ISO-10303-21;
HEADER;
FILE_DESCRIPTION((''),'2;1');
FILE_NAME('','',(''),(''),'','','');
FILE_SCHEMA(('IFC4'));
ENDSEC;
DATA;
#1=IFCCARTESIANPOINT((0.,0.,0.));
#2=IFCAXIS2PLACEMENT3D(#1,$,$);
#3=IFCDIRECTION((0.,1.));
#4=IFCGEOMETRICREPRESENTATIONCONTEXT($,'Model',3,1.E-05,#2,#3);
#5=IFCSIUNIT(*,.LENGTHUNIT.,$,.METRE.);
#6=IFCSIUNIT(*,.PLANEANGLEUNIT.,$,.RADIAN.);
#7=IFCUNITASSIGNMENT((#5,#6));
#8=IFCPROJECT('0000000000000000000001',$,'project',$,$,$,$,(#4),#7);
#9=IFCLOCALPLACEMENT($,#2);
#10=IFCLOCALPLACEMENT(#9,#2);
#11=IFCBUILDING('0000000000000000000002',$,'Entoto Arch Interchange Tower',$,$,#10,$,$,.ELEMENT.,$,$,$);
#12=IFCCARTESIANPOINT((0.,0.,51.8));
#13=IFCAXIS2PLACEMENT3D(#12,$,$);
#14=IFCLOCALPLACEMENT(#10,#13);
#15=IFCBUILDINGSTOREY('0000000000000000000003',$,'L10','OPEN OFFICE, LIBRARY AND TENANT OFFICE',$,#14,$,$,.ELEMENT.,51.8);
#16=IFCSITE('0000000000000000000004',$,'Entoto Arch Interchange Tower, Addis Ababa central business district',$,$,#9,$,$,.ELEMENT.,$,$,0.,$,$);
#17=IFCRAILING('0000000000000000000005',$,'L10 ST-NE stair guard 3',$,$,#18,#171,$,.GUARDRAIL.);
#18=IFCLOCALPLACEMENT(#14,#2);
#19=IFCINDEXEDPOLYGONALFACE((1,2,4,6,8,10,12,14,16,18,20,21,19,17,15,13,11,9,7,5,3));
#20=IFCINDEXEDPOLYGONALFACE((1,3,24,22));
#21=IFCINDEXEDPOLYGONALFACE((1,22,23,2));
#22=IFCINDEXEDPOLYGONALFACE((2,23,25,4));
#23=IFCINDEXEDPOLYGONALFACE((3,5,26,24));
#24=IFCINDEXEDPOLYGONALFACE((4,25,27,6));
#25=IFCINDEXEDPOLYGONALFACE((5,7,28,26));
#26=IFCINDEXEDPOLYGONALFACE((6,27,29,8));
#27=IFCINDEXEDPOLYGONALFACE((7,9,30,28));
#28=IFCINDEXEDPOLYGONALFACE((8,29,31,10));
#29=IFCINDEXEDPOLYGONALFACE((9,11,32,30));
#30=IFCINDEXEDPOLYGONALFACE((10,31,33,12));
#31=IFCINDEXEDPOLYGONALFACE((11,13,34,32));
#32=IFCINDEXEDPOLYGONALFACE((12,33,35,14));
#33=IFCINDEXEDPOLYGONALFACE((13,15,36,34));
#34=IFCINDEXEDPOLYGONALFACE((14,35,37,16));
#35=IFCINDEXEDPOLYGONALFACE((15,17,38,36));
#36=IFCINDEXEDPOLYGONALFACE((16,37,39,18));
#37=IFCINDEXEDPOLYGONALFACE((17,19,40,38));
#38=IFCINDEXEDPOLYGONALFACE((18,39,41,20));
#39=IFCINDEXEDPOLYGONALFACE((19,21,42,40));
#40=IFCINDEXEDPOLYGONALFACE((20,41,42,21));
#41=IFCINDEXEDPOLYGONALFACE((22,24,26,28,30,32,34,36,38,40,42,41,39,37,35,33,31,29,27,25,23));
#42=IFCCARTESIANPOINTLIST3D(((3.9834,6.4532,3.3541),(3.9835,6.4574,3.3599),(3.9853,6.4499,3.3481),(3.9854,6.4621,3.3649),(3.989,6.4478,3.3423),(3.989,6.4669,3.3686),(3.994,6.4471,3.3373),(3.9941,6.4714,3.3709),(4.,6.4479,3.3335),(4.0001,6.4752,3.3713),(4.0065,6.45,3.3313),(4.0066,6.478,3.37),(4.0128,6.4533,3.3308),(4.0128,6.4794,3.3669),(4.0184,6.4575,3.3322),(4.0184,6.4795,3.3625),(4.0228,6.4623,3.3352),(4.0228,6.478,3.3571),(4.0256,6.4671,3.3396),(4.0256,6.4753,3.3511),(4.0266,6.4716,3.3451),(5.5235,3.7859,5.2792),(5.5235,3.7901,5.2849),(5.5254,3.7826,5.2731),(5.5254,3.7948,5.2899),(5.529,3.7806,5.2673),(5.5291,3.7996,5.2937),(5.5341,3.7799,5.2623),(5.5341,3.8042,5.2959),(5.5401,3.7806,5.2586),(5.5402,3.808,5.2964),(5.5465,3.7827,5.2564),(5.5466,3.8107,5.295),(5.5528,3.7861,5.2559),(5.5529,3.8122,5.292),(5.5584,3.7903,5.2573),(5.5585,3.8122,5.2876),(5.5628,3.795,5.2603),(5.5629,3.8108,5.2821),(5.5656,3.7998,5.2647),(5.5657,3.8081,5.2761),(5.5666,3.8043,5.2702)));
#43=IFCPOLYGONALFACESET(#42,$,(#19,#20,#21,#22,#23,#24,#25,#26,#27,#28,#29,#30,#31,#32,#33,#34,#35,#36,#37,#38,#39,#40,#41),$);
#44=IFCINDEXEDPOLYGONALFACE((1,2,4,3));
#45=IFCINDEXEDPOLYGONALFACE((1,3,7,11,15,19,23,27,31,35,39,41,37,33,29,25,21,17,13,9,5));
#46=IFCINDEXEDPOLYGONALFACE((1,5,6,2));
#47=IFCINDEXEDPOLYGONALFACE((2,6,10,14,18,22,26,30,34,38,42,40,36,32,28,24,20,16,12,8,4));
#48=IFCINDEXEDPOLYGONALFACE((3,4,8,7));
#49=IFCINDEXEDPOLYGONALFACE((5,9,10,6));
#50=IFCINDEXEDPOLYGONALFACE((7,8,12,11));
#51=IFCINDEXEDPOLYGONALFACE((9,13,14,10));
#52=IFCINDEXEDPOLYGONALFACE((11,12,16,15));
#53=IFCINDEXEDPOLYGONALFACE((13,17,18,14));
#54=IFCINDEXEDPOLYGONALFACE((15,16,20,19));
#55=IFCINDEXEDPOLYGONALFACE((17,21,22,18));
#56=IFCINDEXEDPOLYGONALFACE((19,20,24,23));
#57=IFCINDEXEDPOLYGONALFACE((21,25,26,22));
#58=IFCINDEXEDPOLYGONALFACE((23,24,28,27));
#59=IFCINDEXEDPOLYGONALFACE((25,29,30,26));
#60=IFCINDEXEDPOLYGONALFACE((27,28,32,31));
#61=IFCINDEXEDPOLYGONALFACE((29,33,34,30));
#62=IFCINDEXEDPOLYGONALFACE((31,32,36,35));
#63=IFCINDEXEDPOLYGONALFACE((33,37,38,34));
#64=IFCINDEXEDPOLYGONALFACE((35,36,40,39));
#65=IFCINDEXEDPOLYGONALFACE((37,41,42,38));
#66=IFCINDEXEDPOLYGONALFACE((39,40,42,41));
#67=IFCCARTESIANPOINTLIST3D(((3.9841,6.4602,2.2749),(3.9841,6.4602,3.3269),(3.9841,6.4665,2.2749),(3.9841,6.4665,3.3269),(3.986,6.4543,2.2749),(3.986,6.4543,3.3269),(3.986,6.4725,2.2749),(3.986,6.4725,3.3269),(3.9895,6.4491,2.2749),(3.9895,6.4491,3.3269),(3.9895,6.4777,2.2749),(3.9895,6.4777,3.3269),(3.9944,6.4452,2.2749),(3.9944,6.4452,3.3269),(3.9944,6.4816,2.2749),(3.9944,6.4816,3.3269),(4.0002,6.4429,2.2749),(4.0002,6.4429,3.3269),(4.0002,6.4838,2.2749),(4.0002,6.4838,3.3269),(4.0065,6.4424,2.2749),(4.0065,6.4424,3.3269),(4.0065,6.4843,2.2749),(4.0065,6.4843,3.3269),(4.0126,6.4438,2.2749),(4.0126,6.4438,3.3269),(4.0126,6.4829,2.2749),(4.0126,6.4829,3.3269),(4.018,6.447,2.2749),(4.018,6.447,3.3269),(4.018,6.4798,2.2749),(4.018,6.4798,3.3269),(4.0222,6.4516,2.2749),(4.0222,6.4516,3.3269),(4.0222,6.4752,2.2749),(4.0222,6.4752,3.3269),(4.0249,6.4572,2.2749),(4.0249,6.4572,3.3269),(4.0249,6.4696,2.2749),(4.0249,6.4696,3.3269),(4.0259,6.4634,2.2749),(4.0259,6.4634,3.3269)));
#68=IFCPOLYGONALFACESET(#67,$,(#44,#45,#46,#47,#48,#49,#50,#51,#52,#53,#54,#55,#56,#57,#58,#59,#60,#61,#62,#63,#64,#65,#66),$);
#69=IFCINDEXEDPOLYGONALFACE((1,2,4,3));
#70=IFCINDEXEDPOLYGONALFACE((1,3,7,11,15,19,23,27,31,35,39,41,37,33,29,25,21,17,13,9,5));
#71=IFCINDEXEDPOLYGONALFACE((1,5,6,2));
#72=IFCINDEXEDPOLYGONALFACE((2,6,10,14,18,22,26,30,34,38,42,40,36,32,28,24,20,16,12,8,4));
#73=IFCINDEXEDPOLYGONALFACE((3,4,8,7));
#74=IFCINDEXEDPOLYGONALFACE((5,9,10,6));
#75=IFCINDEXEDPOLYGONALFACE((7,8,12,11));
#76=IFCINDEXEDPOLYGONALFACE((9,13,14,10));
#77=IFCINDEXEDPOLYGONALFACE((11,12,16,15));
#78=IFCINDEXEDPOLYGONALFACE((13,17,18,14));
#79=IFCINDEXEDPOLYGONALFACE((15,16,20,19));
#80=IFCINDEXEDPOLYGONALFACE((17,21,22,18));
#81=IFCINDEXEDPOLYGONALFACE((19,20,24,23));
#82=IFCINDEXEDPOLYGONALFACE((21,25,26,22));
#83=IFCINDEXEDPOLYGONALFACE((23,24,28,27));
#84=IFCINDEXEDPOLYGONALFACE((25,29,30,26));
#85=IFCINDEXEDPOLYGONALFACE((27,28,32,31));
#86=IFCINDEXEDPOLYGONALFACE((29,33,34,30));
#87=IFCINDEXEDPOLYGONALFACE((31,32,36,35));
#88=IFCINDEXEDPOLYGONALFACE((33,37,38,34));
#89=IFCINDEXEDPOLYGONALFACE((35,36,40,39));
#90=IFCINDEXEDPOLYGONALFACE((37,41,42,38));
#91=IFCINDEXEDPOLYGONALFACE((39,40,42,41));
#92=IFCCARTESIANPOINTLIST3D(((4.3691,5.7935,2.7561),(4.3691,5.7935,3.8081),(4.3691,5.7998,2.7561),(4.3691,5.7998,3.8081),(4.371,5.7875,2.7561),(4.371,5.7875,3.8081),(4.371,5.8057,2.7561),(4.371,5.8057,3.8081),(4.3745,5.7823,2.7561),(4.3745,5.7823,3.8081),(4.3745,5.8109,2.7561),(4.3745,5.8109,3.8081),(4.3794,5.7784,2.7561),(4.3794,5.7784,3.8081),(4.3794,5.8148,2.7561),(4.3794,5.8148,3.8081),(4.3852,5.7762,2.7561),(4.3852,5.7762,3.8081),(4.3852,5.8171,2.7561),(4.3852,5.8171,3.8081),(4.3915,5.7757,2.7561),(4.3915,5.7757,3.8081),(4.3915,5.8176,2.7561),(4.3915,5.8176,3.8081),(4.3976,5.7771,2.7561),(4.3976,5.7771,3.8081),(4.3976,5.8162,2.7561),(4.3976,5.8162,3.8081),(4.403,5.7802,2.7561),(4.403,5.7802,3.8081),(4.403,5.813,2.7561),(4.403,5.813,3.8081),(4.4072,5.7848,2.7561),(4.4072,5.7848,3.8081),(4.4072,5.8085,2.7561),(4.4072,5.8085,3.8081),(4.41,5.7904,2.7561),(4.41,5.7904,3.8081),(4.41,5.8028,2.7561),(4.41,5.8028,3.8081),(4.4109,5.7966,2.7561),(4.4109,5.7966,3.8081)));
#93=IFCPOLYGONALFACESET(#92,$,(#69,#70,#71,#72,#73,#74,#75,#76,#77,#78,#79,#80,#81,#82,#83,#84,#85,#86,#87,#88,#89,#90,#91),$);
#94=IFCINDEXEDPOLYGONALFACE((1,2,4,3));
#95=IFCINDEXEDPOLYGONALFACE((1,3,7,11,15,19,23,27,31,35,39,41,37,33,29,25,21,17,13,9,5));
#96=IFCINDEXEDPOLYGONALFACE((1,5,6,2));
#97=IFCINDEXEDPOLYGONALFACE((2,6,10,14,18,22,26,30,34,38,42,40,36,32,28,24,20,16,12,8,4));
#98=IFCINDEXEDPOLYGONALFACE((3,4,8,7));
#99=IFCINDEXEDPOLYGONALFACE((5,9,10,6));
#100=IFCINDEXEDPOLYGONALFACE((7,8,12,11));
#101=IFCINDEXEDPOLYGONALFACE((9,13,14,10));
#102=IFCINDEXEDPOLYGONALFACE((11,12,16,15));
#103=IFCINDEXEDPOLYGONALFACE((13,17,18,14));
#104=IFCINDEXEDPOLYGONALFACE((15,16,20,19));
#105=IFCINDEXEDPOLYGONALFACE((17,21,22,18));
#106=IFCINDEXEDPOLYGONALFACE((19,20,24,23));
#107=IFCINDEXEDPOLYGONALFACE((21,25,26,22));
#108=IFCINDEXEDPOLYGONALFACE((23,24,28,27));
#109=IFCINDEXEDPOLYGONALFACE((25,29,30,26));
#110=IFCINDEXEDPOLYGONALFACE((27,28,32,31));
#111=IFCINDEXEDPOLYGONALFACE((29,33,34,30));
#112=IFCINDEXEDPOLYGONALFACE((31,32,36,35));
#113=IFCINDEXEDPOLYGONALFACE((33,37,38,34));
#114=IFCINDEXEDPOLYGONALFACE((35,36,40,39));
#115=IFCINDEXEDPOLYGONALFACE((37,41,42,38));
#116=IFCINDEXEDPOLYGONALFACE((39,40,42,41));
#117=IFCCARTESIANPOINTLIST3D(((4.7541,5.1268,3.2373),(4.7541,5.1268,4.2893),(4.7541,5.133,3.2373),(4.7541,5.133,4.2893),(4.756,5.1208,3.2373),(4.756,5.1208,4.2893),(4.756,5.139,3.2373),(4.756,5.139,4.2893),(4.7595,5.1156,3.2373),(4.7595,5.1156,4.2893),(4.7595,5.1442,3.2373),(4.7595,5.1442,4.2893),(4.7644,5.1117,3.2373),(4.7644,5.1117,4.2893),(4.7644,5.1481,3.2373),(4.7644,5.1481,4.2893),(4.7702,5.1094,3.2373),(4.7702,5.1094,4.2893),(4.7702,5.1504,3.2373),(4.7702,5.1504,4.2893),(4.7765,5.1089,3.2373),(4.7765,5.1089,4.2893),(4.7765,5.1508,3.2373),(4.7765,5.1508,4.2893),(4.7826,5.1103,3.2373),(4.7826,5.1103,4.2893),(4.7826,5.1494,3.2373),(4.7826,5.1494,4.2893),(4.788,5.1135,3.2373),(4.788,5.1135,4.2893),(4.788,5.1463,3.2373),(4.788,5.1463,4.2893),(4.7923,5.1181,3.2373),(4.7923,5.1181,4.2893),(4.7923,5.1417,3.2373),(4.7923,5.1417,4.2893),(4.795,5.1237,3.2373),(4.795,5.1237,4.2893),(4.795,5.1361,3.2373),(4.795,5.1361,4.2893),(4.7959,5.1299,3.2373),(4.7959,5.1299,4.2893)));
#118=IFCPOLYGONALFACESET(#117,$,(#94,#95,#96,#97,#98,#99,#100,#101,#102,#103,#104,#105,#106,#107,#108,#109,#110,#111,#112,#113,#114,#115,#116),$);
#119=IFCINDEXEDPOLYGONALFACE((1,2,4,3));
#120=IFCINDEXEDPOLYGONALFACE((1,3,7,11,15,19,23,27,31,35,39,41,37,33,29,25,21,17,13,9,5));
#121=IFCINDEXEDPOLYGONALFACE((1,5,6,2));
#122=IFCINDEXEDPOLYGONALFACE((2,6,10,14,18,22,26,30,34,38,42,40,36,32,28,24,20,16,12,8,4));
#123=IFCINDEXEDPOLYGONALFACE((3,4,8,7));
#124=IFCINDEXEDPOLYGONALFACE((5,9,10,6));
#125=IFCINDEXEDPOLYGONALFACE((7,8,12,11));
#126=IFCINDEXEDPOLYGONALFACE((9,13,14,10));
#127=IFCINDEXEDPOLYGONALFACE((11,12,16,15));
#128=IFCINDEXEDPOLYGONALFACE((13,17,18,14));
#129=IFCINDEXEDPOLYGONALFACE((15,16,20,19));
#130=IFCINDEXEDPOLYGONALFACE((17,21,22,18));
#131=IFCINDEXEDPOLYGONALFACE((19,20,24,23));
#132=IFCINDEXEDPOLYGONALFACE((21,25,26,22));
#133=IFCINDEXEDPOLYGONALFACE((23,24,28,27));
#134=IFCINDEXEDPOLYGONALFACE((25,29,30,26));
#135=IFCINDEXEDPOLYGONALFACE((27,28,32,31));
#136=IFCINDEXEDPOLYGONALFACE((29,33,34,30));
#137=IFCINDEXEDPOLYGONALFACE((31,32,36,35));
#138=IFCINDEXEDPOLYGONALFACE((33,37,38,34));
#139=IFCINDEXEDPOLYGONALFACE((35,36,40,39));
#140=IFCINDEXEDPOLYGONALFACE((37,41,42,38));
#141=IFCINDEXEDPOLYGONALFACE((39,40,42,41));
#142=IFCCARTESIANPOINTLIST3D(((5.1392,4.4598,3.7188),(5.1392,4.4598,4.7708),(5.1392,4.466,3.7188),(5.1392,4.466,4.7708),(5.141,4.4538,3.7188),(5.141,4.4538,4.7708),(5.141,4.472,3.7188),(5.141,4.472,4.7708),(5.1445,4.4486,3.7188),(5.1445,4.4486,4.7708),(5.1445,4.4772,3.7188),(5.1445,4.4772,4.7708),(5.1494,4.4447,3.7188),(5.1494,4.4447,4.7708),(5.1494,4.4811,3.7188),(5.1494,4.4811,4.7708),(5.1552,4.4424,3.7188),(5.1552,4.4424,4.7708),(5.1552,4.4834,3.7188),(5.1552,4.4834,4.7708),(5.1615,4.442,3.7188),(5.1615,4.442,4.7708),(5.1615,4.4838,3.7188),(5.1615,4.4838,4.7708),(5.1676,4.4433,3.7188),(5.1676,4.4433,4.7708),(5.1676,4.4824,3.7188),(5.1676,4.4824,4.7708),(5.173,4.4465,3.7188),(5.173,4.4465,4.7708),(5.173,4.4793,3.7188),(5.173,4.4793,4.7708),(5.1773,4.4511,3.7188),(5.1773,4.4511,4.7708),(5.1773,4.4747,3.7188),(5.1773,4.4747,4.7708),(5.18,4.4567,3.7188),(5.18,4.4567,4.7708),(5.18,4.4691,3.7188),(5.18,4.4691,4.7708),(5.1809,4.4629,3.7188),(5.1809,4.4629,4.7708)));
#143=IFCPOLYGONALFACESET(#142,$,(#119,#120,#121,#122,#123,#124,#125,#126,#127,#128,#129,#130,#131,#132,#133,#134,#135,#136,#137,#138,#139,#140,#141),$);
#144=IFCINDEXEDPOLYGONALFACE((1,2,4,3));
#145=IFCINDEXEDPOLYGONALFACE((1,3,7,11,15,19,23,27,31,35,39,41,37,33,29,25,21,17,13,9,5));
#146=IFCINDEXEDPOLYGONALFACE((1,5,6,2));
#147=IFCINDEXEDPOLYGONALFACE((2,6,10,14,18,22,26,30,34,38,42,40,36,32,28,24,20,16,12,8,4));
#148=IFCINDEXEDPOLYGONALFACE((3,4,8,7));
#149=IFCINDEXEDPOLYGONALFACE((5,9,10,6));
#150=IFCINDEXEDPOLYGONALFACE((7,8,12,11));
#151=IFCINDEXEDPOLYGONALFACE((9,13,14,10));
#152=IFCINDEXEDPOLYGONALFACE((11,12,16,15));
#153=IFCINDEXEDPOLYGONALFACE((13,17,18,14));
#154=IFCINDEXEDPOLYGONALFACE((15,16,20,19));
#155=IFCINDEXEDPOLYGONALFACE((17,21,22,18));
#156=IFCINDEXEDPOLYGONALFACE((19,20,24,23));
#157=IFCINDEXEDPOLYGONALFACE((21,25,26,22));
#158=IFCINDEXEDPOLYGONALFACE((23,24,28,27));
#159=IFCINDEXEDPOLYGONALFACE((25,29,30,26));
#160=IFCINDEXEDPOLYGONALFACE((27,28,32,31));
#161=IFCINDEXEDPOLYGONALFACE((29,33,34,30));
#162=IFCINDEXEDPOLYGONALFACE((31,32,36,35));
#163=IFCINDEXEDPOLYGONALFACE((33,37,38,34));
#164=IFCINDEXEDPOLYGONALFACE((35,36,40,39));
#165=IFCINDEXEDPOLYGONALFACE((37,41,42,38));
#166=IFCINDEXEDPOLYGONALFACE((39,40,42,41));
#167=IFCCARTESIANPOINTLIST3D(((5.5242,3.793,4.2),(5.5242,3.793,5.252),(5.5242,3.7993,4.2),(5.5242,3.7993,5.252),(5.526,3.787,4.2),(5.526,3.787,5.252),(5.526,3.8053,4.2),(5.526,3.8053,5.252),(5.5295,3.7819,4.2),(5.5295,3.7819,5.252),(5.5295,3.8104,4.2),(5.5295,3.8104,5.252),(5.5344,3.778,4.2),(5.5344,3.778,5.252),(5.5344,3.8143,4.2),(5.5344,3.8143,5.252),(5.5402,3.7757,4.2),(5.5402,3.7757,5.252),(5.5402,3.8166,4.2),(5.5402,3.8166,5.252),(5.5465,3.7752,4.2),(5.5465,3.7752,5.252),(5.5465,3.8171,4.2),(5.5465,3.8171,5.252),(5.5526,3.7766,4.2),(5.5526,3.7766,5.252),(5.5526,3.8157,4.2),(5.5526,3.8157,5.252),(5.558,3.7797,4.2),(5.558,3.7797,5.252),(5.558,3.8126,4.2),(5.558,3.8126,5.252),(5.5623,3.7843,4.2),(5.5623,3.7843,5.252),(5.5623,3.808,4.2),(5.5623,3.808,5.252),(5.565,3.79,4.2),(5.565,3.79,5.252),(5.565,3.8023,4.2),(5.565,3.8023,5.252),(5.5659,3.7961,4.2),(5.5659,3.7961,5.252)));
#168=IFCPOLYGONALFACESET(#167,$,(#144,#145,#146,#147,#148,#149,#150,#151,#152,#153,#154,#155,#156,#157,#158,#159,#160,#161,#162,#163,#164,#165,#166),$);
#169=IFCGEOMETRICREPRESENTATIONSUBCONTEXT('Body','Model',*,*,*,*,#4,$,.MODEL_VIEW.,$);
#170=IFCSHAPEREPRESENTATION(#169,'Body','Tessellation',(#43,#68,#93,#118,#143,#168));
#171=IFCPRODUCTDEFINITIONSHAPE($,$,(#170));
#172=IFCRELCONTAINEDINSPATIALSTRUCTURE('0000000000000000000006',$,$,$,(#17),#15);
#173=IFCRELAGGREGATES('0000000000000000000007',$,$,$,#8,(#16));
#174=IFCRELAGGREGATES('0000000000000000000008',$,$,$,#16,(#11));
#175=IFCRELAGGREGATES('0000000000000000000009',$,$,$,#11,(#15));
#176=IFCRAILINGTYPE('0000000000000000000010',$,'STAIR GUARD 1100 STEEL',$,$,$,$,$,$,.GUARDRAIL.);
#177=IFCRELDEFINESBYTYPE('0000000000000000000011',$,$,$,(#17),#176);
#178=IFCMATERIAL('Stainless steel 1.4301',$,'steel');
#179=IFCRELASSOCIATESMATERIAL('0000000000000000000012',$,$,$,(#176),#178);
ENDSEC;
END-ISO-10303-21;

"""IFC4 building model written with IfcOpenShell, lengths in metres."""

from ifc_helpers import new_model, si_unit, direction, frame, origin, origin_2d, place, context, subcontext, project, spatial, circle, extrude, material, type_object, element, save


model = new_model("IFC4")

# Units and contexts
model_context = context("Model", 3, precision=1e-05, world=origin(), true_north=direction((0.0, 1.0)))
body_context = subcontext(model_context, "Body", "Model", "MODEL_VIEW")
ifc_project = project(units=[si_unit("LENGTHUNIT", "METRE"), si_unit("PLANEANGLEUNIT", "RADIAN")], contexts=[model_context])

# Site, building, storey
site_placement = place(None, origin())
site = spatial("IfcSite", under=ifc_project, at=site_placement, Name="Entoto Arch Interchange Tower, Addis Ababa central business district", CompositionType="ELEMENT", RefElevation=0.0)
building_placement = place(site_placement, origin())
building = spatial("IfcBuilding", under=site, at=building_placement, Name="Entoto Arch Interchange Tower", CompositionType="ELEMENT")
storey_placement = place(building_placement, frame((0.0, 0.0, 51.8)))
storey = spatial("IfcBuildingStorey", under=building, at=storey_placement, Name="L10", Description="OPEN OFFICE, LIBRARY AND TENANT OFFICE", CompositionType="ELEMENT", Elevation=51.8)

# Railing
ifc_material_1 = material(Name="Stainless steel 1.4301", Category="steel")
railing_type_1 = type_object("IfcRailingType", Name="STAIR GUARD 1100 STEEL", PredefinedType="GUARDRAIL", material=ifc_material_1)
railing_1_placement = place(storey_placement, frame((4.0049, 6.4634, 2.2749)))
element("IfcRailing", 1, at=railing_1_placement, inside=storey, type_object=railing_type_1, Name="L10 ST-NE stair guard 3", PredefinedType="GUARDRAIL", context=body_context, shape_type="SweptSolid", body=[
    extrude(circle(Radius=0.0239, at=origin_2d()), frame((0.0, 0.0, 1.0762), z_axis=(0.424015, -0.734364, 0.530019), x_axis=(0.86601, 0.500027, 0.0)), (0.0, 0.0, 1.0), 3.6321),
    extrude(circle(Radius=0.021, at=origin_2d()), origin(), (0.0, 0.0, 1.0), 1.052),
    extrude(circle(Radius=0.021, at=origin_2d()), frame((0.385, -0.6667, 0.4812)), (0.0, 0.0, 1.0), 1.052),
    extrude(circle(Radius=0.021, at=origin_2d()), frame((0.77, -1.3335, 0.9624)), (0.0, 0.0, 1.0), 1.052),
    extrude(circle(Radius=0.021, at=origin_2d()), frame((1.155, -2.0005, 1.4438)), (0.0, 0.0, 1.0), 1.052),
    extrude(circle(Radius=0.021, at=origin_2d()), frame((1.54, -2.6672, 1.925)), (0.0, 0.0, 1.0), 1.052),
])

save(model, "model.ifc")
